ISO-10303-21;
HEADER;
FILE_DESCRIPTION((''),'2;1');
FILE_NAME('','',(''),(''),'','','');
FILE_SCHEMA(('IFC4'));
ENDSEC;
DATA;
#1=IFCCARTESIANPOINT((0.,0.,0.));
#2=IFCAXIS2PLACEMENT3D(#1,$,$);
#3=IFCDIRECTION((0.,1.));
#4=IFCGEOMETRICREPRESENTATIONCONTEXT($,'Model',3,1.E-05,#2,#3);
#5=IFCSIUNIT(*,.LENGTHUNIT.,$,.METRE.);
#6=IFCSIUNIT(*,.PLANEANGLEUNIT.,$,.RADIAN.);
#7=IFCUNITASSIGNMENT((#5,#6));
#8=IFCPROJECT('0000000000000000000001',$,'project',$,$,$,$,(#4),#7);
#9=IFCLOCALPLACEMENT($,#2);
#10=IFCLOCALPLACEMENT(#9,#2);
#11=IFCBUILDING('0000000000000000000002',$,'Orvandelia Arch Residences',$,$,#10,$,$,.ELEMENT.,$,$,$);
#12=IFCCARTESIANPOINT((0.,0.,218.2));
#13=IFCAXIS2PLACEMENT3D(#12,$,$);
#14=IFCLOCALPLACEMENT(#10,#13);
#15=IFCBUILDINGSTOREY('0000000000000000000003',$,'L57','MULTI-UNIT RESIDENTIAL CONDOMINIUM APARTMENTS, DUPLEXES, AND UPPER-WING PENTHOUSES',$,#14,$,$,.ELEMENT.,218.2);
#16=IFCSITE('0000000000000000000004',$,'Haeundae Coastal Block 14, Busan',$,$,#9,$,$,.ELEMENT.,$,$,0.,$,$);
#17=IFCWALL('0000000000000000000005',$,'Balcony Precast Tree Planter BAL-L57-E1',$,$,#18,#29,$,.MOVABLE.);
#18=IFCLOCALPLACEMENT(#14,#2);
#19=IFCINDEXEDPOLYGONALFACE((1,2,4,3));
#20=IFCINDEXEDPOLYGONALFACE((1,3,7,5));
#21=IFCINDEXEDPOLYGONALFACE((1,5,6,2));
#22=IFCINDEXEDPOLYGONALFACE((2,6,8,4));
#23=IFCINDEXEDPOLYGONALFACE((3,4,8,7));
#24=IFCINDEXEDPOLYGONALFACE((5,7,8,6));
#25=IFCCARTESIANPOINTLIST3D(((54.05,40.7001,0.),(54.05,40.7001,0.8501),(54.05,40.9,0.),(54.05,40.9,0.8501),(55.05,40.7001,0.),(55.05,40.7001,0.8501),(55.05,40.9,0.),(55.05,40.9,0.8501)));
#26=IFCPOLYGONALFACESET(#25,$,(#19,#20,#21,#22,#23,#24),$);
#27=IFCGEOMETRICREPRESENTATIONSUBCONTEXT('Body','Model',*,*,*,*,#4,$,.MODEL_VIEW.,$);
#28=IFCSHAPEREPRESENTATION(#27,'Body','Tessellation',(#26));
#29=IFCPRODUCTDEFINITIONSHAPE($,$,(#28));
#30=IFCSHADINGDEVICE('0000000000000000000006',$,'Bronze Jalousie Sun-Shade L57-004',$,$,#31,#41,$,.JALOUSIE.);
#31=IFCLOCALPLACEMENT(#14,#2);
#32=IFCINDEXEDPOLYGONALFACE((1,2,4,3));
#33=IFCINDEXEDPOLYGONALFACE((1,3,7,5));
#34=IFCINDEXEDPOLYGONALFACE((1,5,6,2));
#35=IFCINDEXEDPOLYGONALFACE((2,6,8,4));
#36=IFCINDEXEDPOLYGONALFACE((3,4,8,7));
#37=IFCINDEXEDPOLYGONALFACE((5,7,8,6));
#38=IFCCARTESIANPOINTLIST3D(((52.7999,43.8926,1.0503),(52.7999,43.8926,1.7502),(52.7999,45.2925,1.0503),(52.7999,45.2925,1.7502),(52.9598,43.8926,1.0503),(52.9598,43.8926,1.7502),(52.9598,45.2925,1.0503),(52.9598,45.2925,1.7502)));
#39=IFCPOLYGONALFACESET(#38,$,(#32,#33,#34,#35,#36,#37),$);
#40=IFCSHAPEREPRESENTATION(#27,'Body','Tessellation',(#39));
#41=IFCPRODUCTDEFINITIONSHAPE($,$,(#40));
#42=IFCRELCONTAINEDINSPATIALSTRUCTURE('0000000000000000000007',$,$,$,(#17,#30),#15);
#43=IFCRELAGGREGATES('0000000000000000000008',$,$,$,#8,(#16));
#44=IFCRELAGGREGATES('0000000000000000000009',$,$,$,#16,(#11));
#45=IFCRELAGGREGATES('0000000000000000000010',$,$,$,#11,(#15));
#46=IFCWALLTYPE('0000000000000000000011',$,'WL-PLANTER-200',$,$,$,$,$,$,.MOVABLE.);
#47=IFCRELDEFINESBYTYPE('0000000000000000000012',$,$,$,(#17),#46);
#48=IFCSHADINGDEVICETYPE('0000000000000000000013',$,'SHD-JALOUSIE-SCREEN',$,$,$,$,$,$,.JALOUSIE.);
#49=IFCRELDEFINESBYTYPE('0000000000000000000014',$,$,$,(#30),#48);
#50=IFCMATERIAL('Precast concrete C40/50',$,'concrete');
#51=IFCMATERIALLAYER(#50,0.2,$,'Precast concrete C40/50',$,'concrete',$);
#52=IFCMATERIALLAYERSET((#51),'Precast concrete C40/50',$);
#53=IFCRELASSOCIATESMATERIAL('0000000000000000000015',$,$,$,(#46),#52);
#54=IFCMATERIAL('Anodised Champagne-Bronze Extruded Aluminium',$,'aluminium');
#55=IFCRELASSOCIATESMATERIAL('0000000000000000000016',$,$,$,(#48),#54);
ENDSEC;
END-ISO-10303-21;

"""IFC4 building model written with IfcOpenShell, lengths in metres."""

from ifc_helpers import new_model, si_unit, direction, frame, frame_2d, origin, origin_2d, place, context, subcontext, project, spatial, rectangle, extrude, material, layer, layer_set, type_object, element, save


model = new_model("IFC4")

# Units and contexts
model_context = context("Model", 3, precision=1e-05, world=origin(), true_north=direction((0.0, 1.0)))
body_context = subcontext(model_context, "Body", "Model", "MODEL_VIEW")
ifc_project = project(units=[si_unit("LENGTHUNIT", "METRE"), si_unit("PLANEANGLEUNIT", "RADIAN")], contexts=[model_context])

# Site, building, storey
site_placement = place(None, origin())
site = spatial("IfcSite", under=ifc_project, at=site_placement, Name="Haeundae Coastal Block 14, Busan", CompositionType="ELEMENT", RefElevation=0.0)
building_placement = place(site_placement, origin())
building = spatial("IfcBuilding", under=site, at=building_placement, Name="Orvandelia Arch Residences", CompositionType="ELEMENT")
storey_placement = place(building_placement, frame((0.0, 0.0, 218.2)))
storey = spatial("IfcBuildingStorey", under=building, at=storey_placement, Name="L57", Description="MULTI-UNIT RESIDENTIAL CONDOMINIUM APARTMENTS, DUPLEXES, AND UPPER-WING PENTHOUSES", CompositionType="ELEMENT", Elevation=218.2)

# Shared definitions
ifc_material_1 = material(Name="Precast concrete C40/50", Category="concrete")

# Wall
ifc_layer_1 = layer(ifc_material_1, 0.2, Name="Precast concrete C40/50", Category="concrete")
ifc_layer_set_1 = layer_set([ifc_layer_1], Name="Precast concrete C40/50")
wall_type_1 = type_object("IfcWallType", Name="WL-PLANTER-200", PredefinedType="MOVABLE", material=ifc_layer_set_1)
wall_1_placement = place(storey_placement, frame((54.05, 40.8, 0.0), z_axis=(0.0, 0.0, 1.0), x_axis=(1.0, 0.0, 0.0)))
element("IfcWall", 1, at=wall_1_placement, inside=storey, type_object=wall_type_1, Name="Balcony Precast Tree Planter BAL-L57-E1", PredefinedType="MOVABLE", context=body_context, shape_type="SweptSolid", body=[
    extrude(rectangle(XDim=1.0, YDim=0.2, at=frame_2d((0.5, 0.0))), origin(), (0.0, 0.0, 1.0), 0.8501),
])

# Shading device
ifc_material_2 = material(Name="Anodised Champagne-Bronze Extruded Aluminium", Category="aluminium")
shading_device_type = type_object("IfcShadingDeviceType", Name="SHD-JALOUSIE-SCREEN", PredefinedType="JALOUSIE", material=ifc_material_2)
shading_device_placement = place(storey_placement, frame((52.8799, 44.5925, 1.0503), z_axis=(0.0, 0.0, 1.0), x_axis=(0.0, -1.0, 0.0)))
element("IfcShadingDevice", 2, at=shading_device_placement, inside=storey, type_object=shading_device_type, Name="Bronze Jalousie Sun-Shade L57-004", PredefinedType="JALOUSIE", context=body_context, shape_type="SweptSolid", body=[
    extrude(rectangle(XDim=1.3999, YDim=0.1599, at=origin_2d()), origin(), (0.0, 0.0, 1.0), 0.7),
])

save(model, "model.ifc")
